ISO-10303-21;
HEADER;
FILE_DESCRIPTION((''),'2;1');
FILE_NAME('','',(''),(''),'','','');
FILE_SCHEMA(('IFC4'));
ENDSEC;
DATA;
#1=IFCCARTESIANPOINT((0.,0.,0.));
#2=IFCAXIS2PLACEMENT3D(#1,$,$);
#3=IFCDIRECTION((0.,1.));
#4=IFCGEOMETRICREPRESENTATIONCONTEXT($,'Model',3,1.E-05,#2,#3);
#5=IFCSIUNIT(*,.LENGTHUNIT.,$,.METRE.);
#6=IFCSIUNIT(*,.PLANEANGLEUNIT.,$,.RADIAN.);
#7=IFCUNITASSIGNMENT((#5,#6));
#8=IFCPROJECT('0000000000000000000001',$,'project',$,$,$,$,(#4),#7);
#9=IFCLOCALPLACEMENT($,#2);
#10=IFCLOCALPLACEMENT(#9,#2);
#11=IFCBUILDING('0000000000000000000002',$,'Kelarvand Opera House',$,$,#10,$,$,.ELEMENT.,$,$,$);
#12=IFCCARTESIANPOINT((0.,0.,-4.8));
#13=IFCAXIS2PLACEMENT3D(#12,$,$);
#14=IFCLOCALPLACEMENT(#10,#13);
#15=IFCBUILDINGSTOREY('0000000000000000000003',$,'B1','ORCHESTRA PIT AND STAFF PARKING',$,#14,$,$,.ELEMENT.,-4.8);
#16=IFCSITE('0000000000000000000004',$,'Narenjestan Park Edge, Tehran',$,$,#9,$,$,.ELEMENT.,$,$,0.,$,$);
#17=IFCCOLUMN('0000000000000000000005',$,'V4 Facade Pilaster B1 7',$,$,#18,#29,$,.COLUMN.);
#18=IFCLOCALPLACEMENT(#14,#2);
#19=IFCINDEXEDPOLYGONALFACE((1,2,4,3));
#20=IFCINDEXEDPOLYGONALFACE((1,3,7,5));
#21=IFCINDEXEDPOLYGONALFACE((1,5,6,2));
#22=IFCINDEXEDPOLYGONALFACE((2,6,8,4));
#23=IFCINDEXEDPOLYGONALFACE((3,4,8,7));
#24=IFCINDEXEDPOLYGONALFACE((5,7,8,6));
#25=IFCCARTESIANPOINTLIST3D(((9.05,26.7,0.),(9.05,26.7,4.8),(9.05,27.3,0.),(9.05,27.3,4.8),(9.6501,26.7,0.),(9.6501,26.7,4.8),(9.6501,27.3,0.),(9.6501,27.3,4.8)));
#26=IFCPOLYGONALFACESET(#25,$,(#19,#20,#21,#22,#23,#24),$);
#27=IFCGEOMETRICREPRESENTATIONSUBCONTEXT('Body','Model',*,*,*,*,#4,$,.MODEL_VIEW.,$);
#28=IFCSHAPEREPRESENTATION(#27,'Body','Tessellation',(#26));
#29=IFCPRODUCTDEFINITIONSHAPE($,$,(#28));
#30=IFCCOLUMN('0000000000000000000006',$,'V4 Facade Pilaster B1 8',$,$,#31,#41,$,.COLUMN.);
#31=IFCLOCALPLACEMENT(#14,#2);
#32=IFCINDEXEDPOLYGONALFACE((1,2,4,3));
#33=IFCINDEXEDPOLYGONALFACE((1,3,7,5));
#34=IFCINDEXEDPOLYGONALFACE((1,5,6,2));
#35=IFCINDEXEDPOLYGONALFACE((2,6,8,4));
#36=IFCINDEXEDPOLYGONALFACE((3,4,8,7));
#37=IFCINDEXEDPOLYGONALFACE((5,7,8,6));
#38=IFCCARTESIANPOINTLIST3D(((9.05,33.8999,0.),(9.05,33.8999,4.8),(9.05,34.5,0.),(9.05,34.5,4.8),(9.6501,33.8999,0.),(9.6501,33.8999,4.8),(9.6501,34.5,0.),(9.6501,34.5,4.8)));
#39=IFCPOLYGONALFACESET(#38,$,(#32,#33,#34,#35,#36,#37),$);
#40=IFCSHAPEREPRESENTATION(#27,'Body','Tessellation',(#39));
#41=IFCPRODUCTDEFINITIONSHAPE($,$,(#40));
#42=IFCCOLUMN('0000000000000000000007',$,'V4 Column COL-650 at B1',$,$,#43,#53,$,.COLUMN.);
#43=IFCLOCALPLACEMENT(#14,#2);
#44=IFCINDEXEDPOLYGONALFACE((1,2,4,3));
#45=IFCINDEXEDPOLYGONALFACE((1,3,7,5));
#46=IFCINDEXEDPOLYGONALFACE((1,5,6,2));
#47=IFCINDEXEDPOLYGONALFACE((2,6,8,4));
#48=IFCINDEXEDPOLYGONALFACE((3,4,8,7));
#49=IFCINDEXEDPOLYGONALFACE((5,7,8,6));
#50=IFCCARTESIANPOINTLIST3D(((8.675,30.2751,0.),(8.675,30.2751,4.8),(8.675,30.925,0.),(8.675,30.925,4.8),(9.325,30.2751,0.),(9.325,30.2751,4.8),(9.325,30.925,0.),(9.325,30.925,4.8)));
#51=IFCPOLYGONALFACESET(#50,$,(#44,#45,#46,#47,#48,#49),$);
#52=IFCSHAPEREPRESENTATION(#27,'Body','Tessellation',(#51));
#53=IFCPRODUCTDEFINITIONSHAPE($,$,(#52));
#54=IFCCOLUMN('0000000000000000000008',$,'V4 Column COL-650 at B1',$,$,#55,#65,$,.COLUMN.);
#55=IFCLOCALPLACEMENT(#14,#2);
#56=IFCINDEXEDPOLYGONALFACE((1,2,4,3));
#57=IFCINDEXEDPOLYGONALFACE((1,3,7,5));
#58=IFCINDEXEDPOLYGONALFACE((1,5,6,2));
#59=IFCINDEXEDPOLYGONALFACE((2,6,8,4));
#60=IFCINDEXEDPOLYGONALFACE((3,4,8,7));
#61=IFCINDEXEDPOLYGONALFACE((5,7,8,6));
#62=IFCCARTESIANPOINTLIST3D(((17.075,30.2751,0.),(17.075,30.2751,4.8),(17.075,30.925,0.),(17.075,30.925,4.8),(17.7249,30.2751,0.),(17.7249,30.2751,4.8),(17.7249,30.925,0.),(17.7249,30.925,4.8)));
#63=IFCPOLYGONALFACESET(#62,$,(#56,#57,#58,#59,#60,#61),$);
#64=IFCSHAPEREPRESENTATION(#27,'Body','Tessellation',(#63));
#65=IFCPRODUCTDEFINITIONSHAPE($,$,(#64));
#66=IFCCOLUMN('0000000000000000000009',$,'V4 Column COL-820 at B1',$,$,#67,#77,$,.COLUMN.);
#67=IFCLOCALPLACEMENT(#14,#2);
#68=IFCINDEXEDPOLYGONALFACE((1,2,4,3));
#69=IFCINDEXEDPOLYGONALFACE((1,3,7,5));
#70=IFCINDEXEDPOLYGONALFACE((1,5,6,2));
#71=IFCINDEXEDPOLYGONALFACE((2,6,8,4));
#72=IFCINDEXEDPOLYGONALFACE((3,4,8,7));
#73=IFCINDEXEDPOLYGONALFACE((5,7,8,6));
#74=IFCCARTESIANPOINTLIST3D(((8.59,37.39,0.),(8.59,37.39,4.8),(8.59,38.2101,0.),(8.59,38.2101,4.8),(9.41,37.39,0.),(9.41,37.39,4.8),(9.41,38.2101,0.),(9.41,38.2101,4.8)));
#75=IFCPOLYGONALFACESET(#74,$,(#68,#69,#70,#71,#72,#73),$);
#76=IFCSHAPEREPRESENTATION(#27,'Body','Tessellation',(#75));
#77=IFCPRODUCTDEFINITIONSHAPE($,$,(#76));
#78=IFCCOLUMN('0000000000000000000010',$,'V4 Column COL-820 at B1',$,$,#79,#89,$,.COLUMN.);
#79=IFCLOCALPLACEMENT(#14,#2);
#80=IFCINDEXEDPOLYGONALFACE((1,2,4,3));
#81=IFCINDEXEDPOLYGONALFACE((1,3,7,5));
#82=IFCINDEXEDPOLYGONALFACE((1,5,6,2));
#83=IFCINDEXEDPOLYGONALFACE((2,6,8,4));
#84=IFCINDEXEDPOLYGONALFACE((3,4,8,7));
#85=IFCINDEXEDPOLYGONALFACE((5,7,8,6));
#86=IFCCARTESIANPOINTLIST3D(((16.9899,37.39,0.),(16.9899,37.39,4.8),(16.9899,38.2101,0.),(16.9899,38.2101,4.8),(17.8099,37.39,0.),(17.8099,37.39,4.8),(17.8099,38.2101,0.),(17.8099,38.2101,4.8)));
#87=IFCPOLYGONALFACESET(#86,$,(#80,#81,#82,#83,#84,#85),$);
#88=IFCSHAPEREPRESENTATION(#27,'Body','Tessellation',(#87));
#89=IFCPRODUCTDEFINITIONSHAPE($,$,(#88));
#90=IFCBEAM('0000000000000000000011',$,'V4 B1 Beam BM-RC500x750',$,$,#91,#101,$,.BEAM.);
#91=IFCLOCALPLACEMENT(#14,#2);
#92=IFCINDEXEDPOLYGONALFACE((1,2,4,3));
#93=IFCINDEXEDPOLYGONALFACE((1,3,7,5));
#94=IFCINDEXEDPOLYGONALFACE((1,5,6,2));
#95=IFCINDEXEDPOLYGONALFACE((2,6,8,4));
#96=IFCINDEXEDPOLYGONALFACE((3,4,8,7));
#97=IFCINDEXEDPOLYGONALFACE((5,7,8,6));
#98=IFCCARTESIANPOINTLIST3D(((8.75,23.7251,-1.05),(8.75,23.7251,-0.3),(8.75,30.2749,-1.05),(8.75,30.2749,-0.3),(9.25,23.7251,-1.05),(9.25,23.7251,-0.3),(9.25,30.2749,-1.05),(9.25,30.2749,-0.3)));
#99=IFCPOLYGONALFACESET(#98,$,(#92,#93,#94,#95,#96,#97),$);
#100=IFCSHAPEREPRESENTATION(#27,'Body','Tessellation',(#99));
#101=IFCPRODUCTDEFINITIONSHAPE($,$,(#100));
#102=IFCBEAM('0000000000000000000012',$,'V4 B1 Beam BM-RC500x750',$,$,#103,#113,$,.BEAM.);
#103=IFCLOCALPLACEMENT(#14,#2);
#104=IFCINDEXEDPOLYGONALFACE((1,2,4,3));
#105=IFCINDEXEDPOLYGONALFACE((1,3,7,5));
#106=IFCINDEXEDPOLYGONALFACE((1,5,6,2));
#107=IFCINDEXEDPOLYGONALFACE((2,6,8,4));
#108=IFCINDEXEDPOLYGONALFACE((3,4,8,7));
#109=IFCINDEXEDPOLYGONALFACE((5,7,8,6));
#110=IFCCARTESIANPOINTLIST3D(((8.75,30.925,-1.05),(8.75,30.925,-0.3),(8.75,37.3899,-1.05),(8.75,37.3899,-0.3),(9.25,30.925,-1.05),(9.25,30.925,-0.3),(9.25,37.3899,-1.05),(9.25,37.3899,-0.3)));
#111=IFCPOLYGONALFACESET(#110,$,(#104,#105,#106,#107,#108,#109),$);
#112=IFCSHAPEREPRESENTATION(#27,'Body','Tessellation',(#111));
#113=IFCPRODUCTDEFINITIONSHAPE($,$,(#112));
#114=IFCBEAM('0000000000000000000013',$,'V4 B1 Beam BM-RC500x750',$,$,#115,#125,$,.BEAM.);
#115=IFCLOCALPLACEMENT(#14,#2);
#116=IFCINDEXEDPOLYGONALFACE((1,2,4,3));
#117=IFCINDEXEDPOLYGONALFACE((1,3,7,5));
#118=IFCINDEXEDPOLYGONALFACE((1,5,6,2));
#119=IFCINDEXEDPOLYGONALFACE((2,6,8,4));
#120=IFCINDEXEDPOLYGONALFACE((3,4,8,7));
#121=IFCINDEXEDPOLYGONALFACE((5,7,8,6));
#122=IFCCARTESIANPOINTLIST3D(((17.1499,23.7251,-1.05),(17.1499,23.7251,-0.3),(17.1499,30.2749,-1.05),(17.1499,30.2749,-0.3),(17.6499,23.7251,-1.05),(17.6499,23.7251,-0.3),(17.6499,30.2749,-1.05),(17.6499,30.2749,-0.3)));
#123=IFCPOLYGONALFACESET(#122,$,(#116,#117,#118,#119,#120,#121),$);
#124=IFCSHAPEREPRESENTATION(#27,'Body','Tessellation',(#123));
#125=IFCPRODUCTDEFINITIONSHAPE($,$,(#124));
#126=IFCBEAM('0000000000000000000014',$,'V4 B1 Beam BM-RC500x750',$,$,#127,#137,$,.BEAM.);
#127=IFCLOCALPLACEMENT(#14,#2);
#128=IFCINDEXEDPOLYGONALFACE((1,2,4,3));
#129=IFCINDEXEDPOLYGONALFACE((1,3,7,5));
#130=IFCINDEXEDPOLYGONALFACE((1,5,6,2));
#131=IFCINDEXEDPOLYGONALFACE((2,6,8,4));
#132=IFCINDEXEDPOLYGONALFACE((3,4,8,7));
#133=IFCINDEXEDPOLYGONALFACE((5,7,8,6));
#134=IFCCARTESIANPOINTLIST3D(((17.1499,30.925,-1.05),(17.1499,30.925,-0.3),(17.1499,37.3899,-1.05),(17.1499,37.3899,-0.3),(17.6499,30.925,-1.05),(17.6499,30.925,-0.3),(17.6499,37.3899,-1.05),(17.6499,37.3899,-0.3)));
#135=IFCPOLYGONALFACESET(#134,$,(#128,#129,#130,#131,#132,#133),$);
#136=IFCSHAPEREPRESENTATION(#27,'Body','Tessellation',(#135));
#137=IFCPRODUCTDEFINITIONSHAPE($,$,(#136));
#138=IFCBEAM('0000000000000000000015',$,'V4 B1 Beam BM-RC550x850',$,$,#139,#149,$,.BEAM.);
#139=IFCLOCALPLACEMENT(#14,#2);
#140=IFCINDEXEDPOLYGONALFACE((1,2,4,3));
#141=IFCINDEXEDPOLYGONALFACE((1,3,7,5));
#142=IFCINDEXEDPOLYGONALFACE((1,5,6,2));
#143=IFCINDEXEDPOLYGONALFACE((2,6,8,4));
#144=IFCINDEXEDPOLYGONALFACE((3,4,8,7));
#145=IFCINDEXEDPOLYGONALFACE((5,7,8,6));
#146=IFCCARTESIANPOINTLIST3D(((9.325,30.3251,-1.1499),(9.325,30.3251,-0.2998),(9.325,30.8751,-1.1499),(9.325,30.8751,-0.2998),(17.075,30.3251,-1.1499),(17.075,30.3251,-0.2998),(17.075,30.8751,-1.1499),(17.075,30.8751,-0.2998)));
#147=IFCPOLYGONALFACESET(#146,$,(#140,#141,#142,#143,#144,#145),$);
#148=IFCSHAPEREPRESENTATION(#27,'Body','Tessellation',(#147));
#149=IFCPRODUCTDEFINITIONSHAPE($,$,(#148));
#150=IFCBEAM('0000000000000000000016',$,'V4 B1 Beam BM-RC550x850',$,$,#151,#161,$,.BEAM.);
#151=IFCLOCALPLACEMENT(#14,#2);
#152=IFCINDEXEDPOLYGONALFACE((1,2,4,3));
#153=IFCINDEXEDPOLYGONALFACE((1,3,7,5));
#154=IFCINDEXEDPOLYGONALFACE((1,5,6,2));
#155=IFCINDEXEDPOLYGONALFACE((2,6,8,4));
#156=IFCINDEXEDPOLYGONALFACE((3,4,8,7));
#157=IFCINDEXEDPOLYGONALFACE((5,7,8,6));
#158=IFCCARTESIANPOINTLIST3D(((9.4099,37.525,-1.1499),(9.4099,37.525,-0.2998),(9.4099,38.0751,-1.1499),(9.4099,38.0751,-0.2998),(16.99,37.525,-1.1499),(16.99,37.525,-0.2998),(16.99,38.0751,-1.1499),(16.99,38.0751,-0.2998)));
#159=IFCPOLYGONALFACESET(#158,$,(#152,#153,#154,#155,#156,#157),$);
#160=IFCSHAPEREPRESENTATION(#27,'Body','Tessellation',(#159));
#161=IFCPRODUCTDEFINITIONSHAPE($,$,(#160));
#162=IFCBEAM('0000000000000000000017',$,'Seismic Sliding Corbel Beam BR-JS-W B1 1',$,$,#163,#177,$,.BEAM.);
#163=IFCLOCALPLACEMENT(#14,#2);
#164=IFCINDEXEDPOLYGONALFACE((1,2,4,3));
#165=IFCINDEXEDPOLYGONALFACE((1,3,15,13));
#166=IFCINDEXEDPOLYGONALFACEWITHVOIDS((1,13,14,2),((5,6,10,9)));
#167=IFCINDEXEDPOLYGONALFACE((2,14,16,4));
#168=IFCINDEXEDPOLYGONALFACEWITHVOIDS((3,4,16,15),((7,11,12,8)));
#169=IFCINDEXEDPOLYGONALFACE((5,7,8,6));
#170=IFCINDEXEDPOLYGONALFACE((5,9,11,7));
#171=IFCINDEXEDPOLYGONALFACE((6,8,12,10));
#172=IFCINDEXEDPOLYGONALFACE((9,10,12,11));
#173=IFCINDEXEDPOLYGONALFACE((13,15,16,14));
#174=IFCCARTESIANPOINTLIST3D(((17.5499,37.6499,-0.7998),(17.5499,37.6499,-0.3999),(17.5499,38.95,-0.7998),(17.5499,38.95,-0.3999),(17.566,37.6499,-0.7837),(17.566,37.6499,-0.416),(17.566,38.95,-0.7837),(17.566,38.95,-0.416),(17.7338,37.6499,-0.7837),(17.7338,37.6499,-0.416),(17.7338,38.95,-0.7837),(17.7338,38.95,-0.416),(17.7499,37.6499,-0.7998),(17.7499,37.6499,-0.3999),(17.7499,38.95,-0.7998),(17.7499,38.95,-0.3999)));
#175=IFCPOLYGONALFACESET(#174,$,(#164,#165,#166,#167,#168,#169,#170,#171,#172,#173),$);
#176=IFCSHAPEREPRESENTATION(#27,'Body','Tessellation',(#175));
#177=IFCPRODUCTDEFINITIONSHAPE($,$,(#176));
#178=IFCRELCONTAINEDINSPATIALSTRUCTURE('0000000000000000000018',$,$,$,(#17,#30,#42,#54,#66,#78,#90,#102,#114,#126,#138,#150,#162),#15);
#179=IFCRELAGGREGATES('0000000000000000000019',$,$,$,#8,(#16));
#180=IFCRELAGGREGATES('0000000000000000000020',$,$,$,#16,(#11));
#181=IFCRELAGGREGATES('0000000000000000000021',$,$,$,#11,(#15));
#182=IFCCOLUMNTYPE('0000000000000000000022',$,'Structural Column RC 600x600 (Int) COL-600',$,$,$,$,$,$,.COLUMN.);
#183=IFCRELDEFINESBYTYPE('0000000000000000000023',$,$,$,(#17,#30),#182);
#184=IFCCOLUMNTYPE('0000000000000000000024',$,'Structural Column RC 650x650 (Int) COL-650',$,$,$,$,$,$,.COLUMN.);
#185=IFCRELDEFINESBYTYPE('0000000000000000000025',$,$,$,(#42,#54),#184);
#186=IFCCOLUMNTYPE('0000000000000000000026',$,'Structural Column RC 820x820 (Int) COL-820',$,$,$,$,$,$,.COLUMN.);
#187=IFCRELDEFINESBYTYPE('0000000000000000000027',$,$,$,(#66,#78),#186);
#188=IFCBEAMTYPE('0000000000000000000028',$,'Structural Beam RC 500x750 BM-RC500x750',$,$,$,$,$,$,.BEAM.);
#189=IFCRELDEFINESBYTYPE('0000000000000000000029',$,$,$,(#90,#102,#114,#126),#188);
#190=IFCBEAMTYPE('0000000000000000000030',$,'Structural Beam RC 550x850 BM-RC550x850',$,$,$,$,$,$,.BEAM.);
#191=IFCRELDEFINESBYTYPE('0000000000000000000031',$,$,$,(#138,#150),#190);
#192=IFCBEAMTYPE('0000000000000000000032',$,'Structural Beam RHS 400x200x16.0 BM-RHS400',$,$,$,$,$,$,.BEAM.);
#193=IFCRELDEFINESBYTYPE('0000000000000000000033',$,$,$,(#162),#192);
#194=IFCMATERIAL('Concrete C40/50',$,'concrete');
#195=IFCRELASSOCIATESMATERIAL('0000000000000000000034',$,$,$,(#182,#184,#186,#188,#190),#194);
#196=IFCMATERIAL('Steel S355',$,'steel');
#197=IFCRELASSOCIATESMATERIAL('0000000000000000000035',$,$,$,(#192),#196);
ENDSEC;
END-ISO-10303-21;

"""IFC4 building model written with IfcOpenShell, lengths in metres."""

from ifc_helpers import new_model, si_unit, direction, frame, origin, origin_2d, place, context, subcontext, project, spatial, rectangle, hollow_rectangle, extrude, material, material_profile, profile_set, type_object, element, save


model = new_model("IFC4")

# Units and contexts
model_context = context("Model", 3, precision=1e-05, world=origin(), true_north=direction((0.0, 1.0)))
body_context = subcontext(model_context, "Body", "Model", "MODEL_VIEW")
ifc_project = project(units=[si_unit("LENGTHUNIT", "METRE"), si_unit("PLANEANGLEUNIT", "RADIAN")], contexts=[model_context])

# Site, building, storey
site_placement = place(None, origin())
site = spatial("IfcSite", under=ifc_project, at=site_placement, Name="Narenjestan Park Edge, Tehran", CompositionType="ELEMENT", RefElevation=0.0)
building_placement = place(site_placement, origin())
building = spatial("IfcBuilding", under=site, at=building_placement, Name="Kelarvand Opera House", CompositionType="ELEMENT")
storey_placement = place(building_placement, frame((0.0, 0.0, -4.8)))
storey = spatial("IfcBuildingStorey", under=building, at=storey_placement, Name="B1", Description="ORCHESTRA PIT AND STAFF PARKING", CompositionType="ELEMENT", Elevation=-4.8)

# Columns
ifc_material_1 = material(Name="Concrete C40/50", Category="concrete")
ifc_material_profile_1 = material_profile(ifc_material_1, rectangle(XDim=0.6001, YDim=0.6001, at=origin_2d()), Name="RC 600x600", Category="concrete")
ifc_profile_set_1 = profile_set([ifc_material_profile_1], Name="Concrete C40/50")
column_type_1 = type_object("IfcColumnType", Name="Structural Column RC 600x600 (Int) COL-600", PredefinedType="COLUMN", material=ifc_profile_set_1)
for number, where, z_axis, x_axis, name in (
    (1, (9.3501, 27.0, 0.0), (0.0, 0.0, 1.0), (1.0, 0.0, 0.0), "V4 Facade Pilaster B1 7"),
    (2, (9.3501, 34.2, 0.0), (0.0, 0.0, 1.0), (1.0, 0.0, 0.0), "V4 Facade Pilaster B1 8"),
):
    element("IfcColumn", number, at=place(storey_placement, frame(where, z_axis=z_axis, x_axis=x_axis)), inside=storey, type_object=column_type_1, Name=name, PredefinedType="COLUMN", context=body_context, shape_type="SweptSolid", body=[
        extrude(rectangle(XDim=0.6001, YDim=0.6001, at=origin_2d()), origin(), (0.0, 0.0, 1.0), 4.8),
    ])
ifc_material_profile_2 = material_profile(ifc_material_1, rectangle(XDim=0.6499, YDim=0.6499, at=origin_2d()), Name="RC 650x650", Category="concrete")
ifc_profile_set_2 = profile_set([ifc_material_profile_2], Name="Concrete C40/50")
column_type_2 = type_object("IfcColumnType", Name="Structural Column RC 650x650 (Int) COL-650", PredefinedType="COLUMN", material=ifc_profile_set_2)
for number, where, z_axis, x_axis, name in (
    (3, (9.0, 30.6001, 0.0), (0.0, 0.0, 1.0), (1.0, 0.0, 0.0), "V4 Column COL-650 at B1"),
    (4, (17.3999, 30.6001, 0.0), (0.0, 0.0, 1.0), (1.0, 0.0, 0.0), "V4 Column COL-650 at B1"),
):
    element("IfcColumn", number, at=place(storey_placement, frame(where, z_axis=z_axis, x_axis=x_axis)), inside=storey, type_object=column_type_2, Name=name, PredefinedType="COLUMN", context=body_context, shape_type="SweptSolid", body=[
        extrude(rectangle(XDim=0.6499, YDim=0.6499, at=origin_2d()), origin(), (0.0, 0.0, 1.0), 4.8),
    ])
ifc_material_profile_3 = material_profile(ifc_material_1, rectangle(XDim=0.8201, YDim=0.8201, at=origin_2d()), Name="RC 820x820", Category="concrete")
ifc_profile_set_3 = profile_set([ifc_material_profile_3], Name="Concrete C40/50")
column_type_3 = type_object("IfcColumnType", Name="Structural Column RC 820x820 (Int) COL-820", PredefinedType="COLUMN", material=ifc_profile_set_3)
for number, where, z_axis, x_axis, name in (
    (5, (9.0, 37.8, 0.0), (0.0, 0.0, 1.0), (1.0, 0.0, 0.0), "V4 Column COL-820 at B1"),
    (6, (17.3999, 37.8, 0.0), (0.0, 0.0, 1.0), (1.0, 0.0, 0.0), "V4 Column COL-820 at B1"),
):
    element("IfcColumn", number, at=place(storey_placement, frame(where, z_axis=z_axis, x_axis=x_axis)), inside=storey, type_object=column_type_3, Name=name, PredefinedType="COLUMN", context=body_context, shape_type="SweptSolid", body=[
        extrude(rectangle(XDim=0.8201, YDim=0.8201, at=origin_2d()), origin(), (0.0, 0.0, 1.0), 4.8),
    ])

# Beams
ifc_material_profile_4 = material_profile(ifc_material_1, rectangle(XDim=0.5, YDim=0.75, at=origin_2d()), Name="RC 500x750", Category="concrete")
ifc_profile_set_4 = profile_set([ifc_material_profile_4], Name="Concrete C40/50")
beam_type_1 = type_object("IfcBeamType", Name="Structural Beam RC 500x750 BM-RC500x750", PredefinedType="BEAM", material=ifc_profile_set_4)
beam_1_placement = place(storey_placement, frame((9.0, 23.7251, -0.675), z_axis=(0.0, 1.0, 0.0), x_axis=(-1.0, 0.0, 0.0)))
element("IfcBeam", 7, at=beam_1_placement, inside=storey, type_object=beam_type_1, Name="V4 B1 Beam BM-RC500x750", PredefinedType="BEAM", context=body_context, shape_type="SweptSolid", body=[
    extrude(rectangle(XDim=0.5, YDim=0.75, at=origin_2d()), origin(), (0.0, 0.0, 1.0), 6.5498),
])
beam_2_placement = place(storey_placement, frame((9.0, 30.925, -0.675), z_axis=(0.0, 1.0, 0.0), x_axis=(-1.0, 0.0, 0.0)))
element("IfcBeam", 8, at=beam_2_placement, inside=storey, type_object=beam_type_1, Name="V4 B1 Beam BM-RC500x750", PredefinedType="BEAM", context=body_context, shape_type="SweptSolid", body=[
    extrude(rectangle(XDim=0.5, YDim=0.75, at=origin_2d()), origin(), (0.0, 0.0, 1.0), 6.4648),
])
beam_3_placement = place(storey_placement, frame((17.3999, 23.7251, -0.675), z_axis=(0.0, 1.0, 0.0), x_axis=(-1.0, 0.0, 0.0)))
element("IfcBeam", 9, at=beam_3_placement, inside=storey, type_object=beam_type_1, Name="V4 B1 Beam BM-RC500x750", PredefinedType="BEAM", context=body_context, shape_type="SweptSolid", body=[
    extrude(rectangle(XDim=0.5, YDim=0.75, at=origin_2d()), origin(), (0.0, 0.0, 1.0), 6.5498),
])
beam_4_placement = place(storey_placement, frame((17.3999, 30.925, -0.675), z_axis=(0.0, 1.0, 0.0), x_axis=(-1.0, 0.0, 0.0)))
element("IfcBeam", 10, at=beam_4_placement, inside=storey, type_object=beam_type_1, Name="V4 B1 Beam BM-RC500x750", PredefinedType="BEAM", context=body_context, shape_type="SweptSolid", body=[
    extrude(rectangle(XDim=0.5, YDim=0.75, at=origin_2d()), origin(), (0.0, 0.0, 1.0), 6.4648),
])
ifc_material_profile_5 = material_profile(ifc_material_1, rectangle(XDim=0.55, YDim=0.8501, at=origin_2d()), Name="RC 550x850", Category="concrete")
ifc_profile_set_5 = profile_set([ifc_material_profile_5], Name="Concrete C40/50")
beam_type_2 = type_object("IfcBeamType", Name="Structural Beam RC 550x850 BM-RC550x850", PredefinedType="BEAM", material=ifc_profile_set_5)
beam_5_placement = place(storey_placement, frame((9.325, 30.6001, -0.7249), z_axis=(1.0, 0.0, 0.0), x_axis=(0.0, 1.0, 0.0)))
element("IfcBeam", 11, at=beam_5_placement, inside=storey, type_object=beam_type_2, Name="V4 B1 Beam BM-RC550x850", PredefinedType="BEAM", context=body_context, shape_type="SweptSolid", body=[
    extrude(rectangle(XDim=0.55, YDim=0.8501, at=origin_2d()), origin(), (0.0, 0.0, 1.0), 7.75),
])
beam_6_placement = place(storey_placement, frame((9.4099, 37.8, -0.7249), z_axis=(1.0, 0.0, 0.0), x_axis=(0.0, 1.0, 0.0)))
element("IfcBeam", 12, at=beam_6_placement, inside=storey, type_object=beam_type_2, Name="V4 B1 Beam BM-RC550x850", PredefinedType="BEAM", context=body_context, shape_type="SweptSolid", body=[
    extrude(rectangle(XDim=0.55, YDim=0.8501, at=origin_2d()), origin(), (0.0, 0.0, 1.0), 7.5801),
])
ifc_material_2 = material(Name="Steel S355", Category="steel")
ifc_material_profile_6 = material_profile(ifc_material_2, hollow_rectangle(XDim=0.2, YDim=0.3999, WallThickness=0.0161, at=origin_2d()), Name="RHS 400x200x16.0", Category="steel")
ifc_profile_set_6 = profile_set([ifc_material_profile_6], Name="Steel S355")
beam_type_3 = type_object("IfcBeamType", Name="Structural Beam RHS 400x200x16.0 BM-RHS400", PredefinedType="BEAM", material=ifc_profile_set_6)
beam_7_placement = place(storey_placement, frame((17.6499, 37.6499, -0.5999), z_axis=(0.0, 1.0, 0.0), x_axis=(-1.0, 0.0, 0.0)))
element("IfcBeam", 13, at=beam_7_placement, inside=storey, type_object=beam_type_3, Name="Seismic Sliding Corbel Beam BR-JS-W B1 1", PredefinedType="BEAM", context=body_context, shape_type="SweptSolid", body=[
    extrude(hollow_rectangle(XDim=0.2, YDim=0.3999, WallThickness=0.0161, at=origin_2d()), origin(), (0.0, 0.0, 1.0), 1.3),
])

save(model, "model.ifc")
